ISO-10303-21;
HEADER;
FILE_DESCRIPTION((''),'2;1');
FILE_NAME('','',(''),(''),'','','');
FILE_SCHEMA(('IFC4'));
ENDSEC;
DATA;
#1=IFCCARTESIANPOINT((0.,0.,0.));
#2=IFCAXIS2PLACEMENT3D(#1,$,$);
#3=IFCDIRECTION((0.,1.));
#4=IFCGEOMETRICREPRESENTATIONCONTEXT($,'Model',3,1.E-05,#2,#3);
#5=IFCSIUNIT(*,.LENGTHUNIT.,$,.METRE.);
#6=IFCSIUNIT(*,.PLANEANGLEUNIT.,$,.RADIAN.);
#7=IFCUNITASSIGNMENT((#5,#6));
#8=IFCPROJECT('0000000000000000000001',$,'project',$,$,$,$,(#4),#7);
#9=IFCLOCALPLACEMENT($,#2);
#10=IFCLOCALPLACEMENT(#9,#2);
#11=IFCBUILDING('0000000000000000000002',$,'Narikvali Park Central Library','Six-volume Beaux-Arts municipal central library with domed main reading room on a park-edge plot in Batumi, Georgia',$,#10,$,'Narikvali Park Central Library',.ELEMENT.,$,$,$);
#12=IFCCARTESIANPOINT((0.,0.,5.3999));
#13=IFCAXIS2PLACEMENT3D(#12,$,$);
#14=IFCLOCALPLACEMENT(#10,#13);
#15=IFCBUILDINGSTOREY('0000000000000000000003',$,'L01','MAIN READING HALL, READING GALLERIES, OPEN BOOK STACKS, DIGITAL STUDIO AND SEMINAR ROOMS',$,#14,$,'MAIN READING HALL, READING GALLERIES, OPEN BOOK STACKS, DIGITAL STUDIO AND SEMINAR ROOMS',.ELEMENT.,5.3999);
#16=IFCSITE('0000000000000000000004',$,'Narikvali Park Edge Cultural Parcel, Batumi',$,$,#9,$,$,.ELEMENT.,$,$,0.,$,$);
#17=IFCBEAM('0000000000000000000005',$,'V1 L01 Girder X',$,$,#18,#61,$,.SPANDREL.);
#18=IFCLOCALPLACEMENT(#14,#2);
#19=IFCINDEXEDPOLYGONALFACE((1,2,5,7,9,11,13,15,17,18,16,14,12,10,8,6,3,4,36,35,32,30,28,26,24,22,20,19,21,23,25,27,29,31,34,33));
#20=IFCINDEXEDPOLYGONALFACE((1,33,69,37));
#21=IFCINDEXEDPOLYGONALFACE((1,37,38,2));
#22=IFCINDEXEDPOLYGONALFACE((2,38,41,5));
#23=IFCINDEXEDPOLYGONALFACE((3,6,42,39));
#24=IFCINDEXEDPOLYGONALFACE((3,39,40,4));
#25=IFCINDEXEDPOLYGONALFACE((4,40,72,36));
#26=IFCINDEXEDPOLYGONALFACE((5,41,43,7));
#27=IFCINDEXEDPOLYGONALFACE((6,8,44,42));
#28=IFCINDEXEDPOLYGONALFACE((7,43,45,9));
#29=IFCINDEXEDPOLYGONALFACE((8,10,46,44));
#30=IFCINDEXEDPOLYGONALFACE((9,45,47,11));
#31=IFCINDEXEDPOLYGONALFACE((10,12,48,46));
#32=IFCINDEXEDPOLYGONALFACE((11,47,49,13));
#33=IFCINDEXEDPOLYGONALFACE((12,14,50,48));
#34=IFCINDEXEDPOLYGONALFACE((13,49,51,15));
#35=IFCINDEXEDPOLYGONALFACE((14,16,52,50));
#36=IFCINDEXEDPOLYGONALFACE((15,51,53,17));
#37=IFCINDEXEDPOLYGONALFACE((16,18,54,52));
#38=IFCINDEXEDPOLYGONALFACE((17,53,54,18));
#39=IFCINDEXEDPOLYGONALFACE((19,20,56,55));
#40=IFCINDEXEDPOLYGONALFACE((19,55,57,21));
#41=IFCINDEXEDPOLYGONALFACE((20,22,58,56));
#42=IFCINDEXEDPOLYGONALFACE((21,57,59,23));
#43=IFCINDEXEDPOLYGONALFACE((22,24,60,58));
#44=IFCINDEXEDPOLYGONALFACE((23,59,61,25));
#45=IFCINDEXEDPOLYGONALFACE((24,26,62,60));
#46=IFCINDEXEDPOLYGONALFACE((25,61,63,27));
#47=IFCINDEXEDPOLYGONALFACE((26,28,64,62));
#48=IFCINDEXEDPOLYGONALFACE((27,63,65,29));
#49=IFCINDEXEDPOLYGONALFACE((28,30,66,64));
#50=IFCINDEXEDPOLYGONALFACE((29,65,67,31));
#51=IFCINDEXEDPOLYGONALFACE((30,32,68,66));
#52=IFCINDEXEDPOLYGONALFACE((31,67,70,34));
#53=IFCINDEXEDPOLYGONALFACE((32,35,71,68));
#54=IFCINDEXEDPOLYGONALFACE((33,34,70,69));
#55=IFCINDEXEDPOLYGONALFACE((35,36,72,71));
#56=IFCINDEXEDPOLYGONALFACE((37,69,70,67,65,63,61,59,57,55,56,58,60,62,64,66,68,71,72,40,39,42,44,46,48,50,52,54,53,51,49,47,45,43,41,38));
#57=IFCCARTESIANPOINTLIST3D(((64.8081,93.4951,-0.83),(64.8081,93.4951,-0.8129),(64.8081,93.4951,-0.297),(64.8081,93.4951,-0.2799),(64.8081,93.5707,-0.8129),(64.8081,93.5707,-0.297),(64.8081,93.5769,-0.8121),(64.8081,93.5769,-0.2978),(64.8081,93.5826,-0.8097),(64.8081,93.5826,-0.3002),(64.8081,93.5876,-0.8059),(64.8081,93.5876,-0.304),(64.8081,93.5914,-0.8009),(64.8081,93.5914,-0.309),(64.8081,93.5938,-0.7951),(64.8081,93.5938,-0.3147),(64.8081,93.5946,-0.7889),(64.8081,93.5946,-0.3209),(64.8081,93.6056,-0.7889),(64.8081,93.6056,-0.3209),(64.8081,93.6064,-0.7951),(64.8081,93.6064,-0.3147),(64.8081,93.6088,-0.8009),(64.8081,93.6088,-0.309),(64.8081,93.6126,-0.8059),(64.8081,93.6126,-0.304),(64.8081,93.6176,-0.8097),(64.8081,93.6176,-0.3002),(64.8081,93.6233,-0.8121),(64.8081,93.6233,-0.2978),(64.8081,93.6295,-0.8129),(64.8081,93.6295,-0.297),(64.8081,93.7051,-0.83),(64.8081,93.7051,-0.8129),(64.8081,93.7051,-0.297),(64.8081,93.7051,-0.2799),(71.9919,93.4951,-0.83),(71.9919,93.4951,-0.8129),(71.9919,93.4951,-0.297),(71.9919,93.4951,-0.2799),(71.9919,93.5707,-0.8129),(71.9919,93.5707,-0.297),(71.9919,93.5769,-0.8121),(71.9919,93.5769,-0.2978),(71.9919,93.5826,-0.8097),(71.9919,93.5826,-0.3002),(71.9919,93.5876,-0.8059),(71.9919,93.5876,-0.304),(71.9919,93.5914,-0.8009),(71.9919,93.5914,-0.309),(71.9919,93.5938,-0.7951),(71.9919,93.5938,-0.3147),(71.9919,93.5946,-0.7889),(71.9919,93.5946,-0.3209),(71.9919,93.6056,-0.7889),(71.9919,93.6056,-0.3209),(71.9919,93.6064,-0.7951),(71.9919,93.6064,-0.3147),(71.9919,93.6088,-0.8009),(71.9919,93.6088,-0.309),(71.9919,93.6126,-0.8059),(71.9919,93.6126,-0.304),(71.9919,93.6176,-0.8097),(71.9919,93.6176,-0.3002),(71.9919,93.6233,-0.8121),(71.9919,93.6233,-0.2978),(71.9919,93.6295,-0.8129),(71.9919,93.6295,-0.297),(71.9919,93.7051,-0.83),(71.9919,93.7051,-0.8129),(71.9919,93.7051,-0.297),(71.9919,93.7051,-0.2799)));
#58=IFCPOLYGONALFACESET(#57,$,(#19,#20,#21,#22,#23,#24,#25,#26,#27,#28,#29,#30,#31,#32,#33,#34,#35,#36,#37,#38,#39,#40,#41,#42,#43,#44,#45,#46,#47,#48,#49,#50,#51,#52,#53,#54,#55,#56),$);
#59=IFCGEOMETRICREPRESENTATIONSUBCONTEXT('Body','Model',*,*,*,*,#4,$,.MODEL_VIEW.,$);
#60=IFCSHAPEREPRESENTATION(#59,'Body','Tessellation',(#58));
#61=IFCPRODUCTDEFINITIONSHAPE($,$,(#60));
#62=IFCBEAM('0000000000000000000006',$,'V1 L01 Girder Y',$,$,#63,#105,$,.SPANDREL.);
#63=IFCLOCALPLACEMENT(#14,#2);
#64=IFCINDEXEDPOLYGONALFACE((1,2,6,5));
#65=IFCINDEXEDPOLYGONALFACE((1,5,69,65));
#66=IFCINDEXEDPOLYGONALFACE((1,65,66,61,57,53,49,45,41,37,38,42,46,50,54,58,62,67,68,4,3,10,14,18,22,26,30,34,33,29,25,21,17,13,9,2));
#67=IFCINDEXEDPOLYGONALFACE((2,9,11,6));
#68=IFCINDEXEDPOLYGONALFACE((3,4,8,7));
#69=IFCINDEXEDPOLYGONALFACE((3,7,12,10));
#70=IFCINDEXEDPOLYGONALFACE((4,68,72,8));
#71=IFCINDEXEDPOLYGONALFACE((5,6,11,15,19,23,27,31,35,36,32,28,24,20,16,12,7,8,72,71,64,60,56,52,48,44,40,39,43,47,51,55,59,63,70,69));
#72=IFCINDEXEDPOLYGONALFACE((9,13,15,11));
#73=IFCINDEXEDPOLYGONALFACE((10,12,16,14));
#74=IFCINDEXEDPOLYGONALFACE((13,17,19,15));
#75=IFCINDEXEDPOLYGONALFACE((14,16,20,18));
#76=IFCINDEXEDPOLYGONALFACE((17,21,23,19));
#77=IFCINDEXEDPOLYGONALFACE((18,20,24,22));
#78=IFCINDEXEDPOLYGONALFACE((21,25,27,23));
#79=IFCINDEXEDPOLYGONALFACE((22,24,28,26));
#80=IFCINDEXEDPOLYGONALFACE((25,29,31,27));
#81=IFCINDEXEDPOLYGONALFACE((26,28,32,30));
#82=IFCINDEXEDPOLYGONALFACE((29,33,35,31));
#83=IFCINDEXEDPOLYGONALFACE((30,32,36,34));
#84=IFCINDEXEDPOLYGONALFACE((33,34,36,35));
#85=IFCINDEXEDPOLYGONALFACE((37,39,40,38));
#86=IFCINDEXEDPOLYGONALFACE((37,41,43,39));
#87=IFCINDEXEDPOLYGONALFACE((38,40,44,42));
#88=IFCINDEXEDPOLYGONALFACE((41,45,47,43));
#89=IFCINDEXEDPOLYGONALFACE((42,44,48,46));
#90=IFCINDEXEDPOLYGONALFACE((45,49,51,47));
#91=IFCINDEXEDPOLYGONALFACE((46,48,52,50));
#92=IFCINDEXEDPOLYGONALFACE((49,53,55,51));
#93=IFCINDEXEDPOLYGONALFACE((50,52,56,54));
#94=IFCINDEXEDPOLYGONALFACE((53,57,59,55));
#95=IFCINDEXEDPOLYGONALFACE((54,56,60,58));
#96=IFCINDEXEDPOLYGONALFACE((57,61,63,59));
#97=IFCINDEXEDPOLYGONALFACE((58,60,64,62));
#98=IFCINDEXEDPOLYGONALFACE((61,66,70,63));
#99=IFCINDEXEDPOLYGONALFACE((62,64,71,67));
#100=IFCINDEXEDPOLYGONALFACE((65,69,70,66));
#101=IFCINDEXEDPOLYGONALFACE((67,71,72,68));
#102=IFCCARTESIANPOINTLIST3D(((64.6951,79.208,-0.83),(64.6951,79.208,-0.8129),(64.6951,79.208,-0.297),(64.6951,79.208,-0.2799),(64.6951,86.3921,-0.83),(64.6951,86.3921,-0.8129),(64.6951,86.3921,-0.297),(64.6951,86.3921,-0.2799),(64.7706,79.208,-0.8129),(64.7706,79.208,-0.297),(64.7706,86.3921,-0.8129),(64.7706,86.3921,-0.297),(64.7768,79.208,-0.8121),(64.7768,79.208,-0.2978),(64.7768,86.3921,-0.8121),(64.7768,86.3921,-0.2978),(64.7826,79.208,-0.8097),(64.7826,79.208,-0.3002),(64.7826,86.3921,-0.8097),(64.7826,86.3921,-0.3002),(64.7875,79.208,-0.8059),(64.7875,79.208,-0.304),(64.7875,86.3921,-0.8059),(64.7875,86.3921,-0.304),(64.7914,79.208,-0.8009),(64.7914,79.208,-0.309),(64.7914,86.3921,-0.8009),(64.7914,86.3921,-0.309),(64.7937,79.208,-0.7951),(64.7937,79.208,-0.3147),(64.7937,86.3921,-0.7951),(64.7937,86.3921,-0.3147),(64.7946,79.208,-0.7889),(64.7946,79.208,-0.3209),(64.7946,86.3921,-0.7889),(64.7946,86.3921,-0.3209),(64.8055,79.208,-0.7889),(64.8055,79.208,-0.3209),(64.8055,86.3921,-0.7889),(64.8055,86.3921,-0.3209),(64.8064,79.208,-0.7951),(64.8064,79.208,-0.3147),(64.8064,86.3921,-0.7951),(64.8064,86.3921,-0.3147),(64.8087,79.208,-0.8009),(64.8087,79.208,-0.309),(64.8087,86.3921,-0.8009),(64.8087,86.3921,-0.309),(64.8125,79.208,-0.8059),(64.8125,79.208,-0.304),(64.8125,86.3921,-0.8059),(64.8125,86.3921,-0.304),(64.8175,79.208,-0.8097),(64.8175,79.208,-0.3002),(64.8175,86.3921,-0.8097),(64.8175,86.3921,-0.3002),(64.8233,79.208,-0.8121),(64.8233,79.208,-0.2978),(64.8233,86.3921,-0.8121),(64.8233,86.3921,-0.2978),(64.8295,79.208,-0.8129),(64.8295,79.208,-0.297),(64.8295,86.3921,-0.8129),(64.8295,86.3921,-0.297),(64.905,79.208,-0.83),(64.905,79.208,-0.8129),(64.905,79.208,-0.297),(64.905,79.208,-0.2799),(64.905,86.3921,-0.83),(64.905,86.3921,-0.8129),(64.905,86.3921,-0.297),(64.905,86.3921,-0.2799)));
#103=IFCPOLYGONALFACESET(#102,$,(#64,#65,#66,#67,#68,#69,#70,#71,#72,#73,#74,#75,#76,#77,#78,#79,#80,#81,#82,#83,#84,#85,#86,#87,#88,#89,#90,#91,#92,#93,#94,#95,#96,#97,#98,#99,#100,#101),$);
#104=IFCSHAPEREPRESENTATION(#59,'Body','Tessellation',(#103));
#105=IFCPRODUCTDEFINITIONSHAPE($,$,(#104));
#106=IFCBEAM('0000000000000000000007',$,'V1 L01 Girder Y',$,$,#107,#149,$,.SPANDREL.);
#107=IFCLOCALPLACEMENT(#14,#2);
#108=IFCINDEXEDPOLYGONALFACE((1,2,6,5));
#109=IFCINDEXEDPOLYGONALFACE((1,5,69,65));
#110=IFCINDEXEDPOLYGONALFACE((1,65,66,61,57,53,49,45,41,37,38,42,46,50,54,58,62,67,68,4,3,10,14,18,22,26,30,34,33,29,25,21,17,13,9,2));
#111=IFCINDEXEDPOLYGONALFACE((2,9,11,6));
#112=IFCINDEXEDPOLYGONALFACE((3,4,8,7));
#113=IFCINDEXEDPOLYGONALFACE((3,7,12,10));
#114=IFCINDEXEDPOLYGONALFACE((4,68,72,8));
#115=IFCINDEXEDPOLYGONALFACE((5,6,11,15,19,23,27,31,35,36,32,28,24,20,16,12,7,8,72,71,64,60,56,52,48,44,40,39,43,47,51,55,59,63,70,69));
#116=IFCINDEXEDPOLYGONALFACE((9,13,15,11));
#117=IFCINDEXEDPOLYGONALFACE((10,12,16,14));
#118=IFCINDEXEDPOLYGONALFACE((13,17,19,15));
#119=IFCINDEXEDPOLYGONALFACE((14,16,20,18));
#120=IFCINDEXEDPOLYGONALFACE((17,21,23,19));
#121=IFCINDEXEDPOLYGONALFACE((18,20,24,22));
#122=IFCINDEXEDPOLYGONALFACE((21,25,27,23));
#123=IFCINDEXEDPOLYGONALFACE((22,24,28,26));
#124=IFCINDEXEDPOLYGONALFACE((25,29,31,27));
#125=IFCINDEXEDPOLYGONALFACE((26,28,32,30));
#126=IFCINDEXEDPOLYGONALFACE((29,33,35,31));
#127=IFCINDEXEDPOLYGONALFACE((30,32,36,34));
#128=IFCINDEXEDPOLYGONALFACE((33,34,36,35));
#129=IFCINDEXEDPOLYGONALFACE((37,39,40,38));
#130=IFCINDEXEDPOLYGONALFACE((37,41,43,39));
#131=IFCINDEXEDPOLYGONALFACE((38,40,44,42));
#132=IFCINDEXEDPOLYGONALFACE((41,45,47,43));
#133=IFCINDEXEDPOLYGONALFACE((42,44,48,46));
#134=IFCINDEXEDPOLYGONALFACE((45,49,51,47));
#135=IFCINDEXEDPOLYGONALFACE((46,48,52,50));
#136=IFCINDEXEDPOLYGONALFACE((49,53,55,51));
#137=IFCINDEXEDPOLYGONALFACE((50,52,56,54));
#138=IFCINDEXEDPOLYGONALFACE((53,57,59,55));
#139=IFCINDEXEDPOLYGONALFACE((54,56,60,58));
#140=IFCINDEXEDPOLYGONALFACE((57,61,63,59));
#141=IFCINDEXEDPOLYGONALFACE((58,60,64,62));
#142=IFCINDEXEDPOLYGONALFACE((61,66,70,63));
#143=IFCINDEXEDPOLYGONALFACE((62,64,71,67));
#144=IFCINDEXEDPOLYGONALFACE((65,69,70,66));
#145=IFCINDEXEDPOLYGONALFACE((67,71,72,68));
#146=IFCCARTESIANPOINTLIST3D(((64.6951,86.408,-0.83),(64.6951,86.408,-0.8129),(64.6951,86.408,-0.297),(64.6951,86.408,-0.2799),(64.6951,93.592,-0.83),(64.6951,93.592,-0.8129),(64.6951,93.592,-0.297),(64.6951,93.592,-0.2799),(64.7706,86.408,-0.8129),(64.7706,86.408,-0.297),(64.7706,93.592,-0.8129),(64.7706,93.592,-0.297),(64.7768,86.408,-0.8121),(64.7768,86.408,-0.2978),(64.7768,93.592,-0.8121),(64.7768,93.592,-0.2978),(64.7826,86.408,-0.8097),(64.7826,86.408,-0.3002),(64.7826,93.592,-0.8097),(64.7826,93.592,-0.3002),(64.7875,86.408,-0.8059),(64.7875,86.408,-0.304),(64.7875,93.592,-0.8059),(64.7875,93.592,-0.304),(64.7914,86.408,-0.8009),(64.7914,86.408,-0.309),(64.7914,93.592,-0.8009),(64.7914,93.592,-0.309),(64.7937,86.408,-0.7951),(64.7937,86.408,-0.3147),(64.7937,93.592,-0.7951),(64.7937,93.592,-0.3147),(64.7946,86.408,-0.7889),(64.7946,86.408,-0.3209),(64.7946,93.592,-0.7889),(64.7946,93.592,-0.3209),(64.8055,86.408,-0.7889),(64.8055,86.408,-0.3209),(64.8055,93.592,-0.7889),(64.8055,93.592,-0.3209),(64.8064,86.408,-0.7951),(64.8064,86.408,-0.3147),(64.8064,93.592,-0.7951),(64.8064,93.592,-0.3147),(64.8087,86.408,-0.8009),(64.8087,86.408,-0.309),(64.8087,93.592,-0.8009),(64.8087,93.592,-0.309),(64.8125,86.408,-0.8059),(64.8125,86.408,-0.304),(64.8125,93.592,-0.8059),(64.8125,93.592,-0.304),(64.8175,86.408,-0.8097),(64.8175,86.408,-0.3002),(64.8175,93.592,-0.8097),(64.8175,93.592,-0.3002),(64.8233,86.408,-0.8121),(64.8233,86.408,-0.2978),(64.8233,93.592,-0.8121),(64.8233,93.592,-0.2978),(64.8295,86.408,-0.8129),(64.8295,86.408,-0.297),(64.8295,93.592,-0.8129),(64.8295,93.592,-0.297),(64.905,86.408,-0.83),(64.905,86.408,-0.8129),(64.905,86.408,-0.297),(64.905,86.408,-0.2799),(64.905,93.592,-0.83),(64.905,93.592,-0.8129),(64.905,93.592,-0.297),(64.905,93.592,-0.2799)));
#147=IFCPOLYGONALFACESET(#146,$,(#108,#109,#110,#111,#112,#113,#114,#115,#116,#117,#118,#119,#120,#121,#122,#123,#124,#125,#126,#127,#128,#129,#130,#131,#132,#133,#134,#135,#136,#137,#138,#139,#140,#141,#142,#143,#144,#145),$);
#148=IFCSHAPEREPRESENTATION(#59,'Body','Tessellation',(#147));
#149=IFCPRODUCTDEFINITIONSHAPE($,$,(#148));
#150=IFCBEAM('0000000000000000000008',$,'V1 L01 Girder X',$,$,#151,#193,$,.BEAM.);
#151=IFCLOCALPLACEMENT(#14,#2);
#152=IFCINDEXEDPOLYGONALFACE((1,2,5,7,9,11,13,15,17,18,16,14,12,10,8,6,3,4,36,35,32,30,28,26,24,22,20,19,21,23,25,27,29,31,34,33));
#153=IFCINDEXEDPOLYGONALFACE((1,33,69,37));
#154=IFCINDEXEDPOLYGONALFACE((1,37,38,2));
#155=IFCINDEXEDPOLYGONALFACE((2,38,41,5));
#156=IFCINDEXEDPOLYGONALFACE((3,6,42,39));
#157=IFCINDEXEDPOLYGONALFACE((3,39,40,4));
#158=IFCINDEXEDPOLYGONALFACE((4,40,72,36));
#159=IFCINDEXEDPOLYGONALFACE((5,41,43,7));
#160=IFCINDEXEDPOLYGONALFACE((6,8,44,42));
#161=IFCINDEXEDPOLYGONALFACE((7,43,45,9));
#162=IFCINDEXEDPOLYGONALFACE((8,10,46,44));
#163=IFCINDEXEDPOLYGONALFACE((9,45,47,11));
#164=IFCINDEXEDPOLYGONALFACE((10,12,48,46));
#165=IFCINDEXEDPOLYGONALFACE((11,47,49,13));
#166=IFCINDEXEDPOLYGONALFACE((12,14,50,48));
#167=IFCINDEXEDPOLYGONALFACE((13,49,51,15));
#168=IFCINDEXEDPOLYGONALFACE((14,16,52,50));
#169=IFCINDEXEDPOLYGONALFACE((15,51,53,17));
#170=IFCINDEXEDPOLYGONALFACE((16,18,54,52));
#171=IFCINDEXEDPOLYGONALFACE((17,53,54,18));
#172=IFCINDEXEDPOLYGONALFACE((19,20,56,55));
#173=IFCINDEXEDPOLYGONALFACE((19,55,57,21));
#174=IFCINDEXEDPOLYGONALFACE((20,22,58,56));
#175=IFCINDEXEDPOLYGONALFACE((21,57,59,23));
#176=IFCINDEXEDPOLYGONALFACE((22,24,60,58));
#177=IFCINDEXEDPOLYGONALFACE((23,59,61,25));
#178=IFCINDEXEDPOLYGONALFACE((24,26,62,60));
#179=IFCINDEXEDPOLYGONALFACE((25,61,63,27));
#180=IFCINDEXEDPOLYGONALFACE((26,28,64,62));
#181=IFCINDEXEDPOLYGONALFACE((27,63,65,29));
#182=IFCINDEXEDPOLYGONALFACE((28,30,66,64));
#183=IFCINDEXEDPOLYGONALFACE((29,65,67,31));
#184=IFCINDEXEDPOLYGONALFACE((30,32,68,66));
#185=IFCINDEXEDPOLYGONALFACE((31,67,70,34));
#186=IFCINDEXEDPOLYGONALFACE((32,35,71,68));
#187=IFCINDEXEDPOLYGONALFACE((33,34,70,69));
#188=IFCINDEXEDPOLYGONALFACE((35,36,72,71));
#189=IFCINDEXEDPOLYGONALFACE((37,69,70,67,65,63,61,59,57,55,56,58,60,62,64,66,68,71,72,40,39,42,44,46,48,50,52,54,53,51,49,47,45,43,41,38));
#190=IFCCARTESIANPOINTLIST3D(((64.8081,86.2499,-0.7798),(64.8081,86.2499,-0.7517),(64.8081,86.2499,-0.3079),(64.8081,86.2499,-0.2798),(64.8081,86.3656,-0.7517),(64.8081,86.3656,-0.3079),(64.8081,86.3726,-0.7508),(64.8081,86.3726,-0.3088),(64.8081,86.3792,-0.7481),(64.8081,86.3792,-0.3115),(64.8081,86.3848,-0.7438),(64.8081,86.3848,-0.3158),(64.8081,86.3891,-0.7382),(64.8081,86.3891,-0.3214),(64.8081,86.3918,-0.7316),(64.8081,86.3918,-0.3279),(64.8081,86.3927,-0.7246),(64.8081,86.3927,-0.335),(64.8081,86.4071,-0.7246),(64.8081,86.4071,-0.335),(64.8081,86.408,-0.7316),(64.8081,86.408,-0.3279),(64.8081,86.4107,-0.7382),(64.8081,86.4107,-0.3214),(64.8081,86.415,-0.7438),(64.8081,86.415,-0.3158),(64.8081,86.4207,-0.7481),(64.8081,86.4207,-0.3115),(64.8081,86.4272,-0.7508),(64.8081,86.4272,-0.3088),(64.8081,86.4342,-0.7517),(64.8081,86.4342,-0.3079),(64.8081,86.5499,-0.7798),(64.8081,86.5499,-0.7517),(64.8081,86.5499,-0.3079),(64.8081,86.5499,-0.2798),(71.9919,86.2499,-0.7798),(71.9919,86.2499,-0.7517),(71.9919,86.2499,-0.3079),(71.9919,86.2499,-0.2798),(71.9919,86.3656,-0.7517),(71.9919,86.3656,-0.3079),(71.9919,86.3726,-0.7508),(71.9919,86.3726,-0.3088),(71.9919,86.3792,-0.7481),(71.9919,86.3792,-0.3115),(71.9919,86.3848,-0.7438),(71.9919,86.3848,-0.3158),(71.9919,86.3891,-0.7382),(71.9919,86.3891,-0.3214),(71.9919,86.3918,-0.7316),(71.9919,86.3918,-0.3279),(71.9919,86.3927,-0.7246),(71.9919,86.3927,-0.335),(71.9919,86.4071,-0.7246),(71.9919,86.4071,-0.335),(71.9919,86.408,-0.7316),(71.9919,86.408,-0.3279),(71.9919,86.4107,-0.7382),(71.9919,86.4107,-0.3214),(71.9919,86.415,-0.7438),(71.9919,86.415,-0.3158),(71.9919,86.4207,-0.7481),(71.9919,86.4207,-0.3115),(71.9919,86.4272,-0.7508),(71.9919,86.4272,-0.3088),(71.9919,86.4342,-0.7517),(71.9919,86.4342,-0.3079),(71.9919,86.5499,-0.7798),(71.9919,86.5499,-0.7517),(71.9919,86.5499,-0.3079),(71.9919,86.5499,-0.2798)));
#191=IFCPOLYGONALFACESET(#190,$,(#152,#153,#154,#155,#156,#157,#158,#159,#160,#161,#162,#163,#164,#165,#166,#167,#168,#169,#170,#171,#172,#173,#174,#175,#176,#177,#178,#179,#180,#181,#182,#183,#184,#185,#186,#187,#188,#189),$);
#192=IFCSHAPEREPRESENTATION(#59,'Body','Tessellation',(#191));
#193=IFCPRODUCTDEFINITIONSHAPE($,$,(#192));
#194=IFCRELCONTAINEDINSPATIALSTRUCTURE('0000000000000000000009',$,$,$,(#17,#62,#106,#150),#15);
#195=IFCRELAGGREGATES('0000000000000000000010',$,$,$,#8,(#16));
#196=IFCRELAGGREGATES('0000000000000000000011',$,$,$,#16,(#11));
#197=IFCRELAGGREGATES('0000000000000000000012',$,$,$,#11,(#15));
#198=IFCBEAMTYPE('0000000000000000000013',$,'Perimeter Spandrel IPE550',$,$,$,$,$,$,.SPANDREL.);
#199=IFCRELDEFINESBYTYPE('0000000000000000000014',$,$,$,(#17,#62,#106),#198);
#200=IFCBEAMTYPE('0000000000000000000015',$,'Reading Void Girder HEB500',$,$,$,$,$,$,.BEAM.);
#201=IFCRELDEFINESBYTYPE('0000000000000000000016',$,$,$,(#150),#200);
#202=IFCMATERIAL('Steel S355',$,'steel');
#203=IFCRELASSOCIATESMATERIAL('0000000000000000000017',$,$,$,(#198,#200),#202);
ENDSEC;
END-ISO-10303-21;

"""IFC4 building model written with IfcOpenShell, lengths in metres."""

from ifc_helpers import new_model, si_unit, direction, frame, origin, origin_2d, place, context, subcontext, project, spatial, i_section, extrude, material, material_profile, profile_set, type_object, element, save


model = new_model("IFC4")

# Units and contexts
model_context = context("Model", 3, precision=1e-05, world=origin(), true_north=direction((0.0, 1.0)))
body_context = subcontext(model_context, "Body", "Model", "MODEL_VIEW")
ifc_project = project(units=[si_unit("LENGTHUNIT", "METRE"), si_unit("PLANEANGLEUNIT", "RADIAN")], contexts=[model_context])

# Site, building, storey
site_placement = place(None, origin())
site = spatial("IfcSite", under=ifc_project, at=site_placement, Name="Narikvali Park Edge Cultural Parcel, Batumi", CompositionType="ELEMENT", RefElevation=0.0)
building_placement = place(site_placement, origin())
building = spatial("IfcBuilding", under=site, at=building_placement, Name="Narikvali Park Central Library", Description="Six-volume Beaux-Arts municipal central library with domed main reading room on a park-edge plot in Batumi, Georgia", LongName="Narikvali Park Central Library", CompositionType="ELEMENT")
storey_placement = place(building_placement, frame((0.0, 0.0, 5.3999)))
storey = spatial("IfcBuildingStorey", under=building, at=storey_placement, Name="L01", Description="MAIN READING HALL, READING GALLERIES, OPEN BOOK STACKS, DIGITAL STUDIO AND SEMINAR ROOMS", LongName="MAIN READING HALL, READING GALLERIES, OPEN BOOK STACKS, DIGITAL STUDIO AND SEMINAR ROOMS", CompositionType="ELEMENT", Elevation=5.3999)

# Shared definitions
ifc_material_1 = material(Name="Steel S355", Category="steel")

# Beams
ifc_material_profile_1 = material_profile(ifc_material_1, i_section(OverallWidth=0.21, OverallDepth=0.55, WebThickness=0.011, FlangeThickness=0.0171, FilletRadius=0.0239, at=origin_2d()), Name="IPE 550")
ifc_profile_set_1 = profile_set([ifc_material_profile_1], Name="Steel S355")
beam_type_1 = type_object("IfcBeamType", Name="Perimeter Spandrel IPE550", PredefinedType="SPANDREL", material=ifc_profile_set_1)
beam_1_placement = place(storey_placement, frame((64.8081, 93.6001, -0.5549), z_axis=(1.0, 0.0, 0.0), x_axis=(0.0, 1.0, 0.0)))
element("IfcBeam", 1, at=beam_1_placement, inside=storey, type_object=beam_type_1, Name="V1 L01 Girder X", PredefinedType="SPANDREL", context=body_context, shape_type="SweptSolid", body=[
    extrude(i_section(OverallWidth=0.21, OverallDepth=0.55, WebThickness=0.011, FlangeThickness=0.0171, FilletRadius=0.0239, at=origin_2d()), origin(), (0.0, 0.0, 1.0), 7.1838),
])
for number, where, z_axis, x_axis, name in (
    (2, (64.8, 79.208, -0.5549), (0.0, 1.0, 0.0), (-1.0, 0.0, 0.0), "V1 L01 Girder Y"),
    (3, (64.8, 86.408, -0.5549), (0.0, 1.0, 0.0), (-1.0, 0.0, 0.0), "V1 L01 Girder Y"),
):
    element("IfcBeam", number, at=place(storey_placement, frame(where, z_axis=z_axis, x_axis=x_axis)), inside=storey, type_object=beam_type_1, Name=name, PredefinedType="SPANDREL", context=body_context, shape_type="SweptSolid", body=[
        extrude(i_section(OverallWidth=0.21, OverallDepth=0.55, WebThickness=0.011, FlangeThickness=0.0171, FilletRadius=0.0239, at=origin_2d()), origin(), (0.0, 0.0, 1.0), 7.1841),
    ])
ifc_material_profile_2 = material_profile(ifc_material_1, i_section(OverallWidth=0.3, OverallDepth=0.5, WebThickness=0.0144, FlangeThickness=0.0281, FilletRadius=0.0271, at=origin_2d()), Name="HEB 500")
ifc_profile_set_2 = profile_set([ifc_material_profile_2], Name="Steel S355")
beam_type_2 = type_object("IfcBeamType", Name="Reading Void Girder HEB500", PredefinedType="BEAM", material=ifc_profile_set_2)
beam_2_placement = place(storey_placement, frame((64.8081, 86.3999, -0.5298), z_axis=(1.0, 0.0, 0.0), x_axis=(0.0, 1.0, 0.0)))
element("IfcBeam", 4, at=beam_2_placement, inside=storey, type_object=beam_type_2, Name="V1 L01 Girder X", PredefinedType="BEAM", context=body_context, shape_type="SweptSolid", body=[
    extrude(i_section(OverallWidth=0.3, OverallDepth=0.5, WebThickness=0.0144, FlangeThickness=0.0281, FilletRadius=0.0271, at=origin_2d()), origin(), (0.0, 0.0, 1.0), 7.1838),
])

save(model, "model.ifc")
